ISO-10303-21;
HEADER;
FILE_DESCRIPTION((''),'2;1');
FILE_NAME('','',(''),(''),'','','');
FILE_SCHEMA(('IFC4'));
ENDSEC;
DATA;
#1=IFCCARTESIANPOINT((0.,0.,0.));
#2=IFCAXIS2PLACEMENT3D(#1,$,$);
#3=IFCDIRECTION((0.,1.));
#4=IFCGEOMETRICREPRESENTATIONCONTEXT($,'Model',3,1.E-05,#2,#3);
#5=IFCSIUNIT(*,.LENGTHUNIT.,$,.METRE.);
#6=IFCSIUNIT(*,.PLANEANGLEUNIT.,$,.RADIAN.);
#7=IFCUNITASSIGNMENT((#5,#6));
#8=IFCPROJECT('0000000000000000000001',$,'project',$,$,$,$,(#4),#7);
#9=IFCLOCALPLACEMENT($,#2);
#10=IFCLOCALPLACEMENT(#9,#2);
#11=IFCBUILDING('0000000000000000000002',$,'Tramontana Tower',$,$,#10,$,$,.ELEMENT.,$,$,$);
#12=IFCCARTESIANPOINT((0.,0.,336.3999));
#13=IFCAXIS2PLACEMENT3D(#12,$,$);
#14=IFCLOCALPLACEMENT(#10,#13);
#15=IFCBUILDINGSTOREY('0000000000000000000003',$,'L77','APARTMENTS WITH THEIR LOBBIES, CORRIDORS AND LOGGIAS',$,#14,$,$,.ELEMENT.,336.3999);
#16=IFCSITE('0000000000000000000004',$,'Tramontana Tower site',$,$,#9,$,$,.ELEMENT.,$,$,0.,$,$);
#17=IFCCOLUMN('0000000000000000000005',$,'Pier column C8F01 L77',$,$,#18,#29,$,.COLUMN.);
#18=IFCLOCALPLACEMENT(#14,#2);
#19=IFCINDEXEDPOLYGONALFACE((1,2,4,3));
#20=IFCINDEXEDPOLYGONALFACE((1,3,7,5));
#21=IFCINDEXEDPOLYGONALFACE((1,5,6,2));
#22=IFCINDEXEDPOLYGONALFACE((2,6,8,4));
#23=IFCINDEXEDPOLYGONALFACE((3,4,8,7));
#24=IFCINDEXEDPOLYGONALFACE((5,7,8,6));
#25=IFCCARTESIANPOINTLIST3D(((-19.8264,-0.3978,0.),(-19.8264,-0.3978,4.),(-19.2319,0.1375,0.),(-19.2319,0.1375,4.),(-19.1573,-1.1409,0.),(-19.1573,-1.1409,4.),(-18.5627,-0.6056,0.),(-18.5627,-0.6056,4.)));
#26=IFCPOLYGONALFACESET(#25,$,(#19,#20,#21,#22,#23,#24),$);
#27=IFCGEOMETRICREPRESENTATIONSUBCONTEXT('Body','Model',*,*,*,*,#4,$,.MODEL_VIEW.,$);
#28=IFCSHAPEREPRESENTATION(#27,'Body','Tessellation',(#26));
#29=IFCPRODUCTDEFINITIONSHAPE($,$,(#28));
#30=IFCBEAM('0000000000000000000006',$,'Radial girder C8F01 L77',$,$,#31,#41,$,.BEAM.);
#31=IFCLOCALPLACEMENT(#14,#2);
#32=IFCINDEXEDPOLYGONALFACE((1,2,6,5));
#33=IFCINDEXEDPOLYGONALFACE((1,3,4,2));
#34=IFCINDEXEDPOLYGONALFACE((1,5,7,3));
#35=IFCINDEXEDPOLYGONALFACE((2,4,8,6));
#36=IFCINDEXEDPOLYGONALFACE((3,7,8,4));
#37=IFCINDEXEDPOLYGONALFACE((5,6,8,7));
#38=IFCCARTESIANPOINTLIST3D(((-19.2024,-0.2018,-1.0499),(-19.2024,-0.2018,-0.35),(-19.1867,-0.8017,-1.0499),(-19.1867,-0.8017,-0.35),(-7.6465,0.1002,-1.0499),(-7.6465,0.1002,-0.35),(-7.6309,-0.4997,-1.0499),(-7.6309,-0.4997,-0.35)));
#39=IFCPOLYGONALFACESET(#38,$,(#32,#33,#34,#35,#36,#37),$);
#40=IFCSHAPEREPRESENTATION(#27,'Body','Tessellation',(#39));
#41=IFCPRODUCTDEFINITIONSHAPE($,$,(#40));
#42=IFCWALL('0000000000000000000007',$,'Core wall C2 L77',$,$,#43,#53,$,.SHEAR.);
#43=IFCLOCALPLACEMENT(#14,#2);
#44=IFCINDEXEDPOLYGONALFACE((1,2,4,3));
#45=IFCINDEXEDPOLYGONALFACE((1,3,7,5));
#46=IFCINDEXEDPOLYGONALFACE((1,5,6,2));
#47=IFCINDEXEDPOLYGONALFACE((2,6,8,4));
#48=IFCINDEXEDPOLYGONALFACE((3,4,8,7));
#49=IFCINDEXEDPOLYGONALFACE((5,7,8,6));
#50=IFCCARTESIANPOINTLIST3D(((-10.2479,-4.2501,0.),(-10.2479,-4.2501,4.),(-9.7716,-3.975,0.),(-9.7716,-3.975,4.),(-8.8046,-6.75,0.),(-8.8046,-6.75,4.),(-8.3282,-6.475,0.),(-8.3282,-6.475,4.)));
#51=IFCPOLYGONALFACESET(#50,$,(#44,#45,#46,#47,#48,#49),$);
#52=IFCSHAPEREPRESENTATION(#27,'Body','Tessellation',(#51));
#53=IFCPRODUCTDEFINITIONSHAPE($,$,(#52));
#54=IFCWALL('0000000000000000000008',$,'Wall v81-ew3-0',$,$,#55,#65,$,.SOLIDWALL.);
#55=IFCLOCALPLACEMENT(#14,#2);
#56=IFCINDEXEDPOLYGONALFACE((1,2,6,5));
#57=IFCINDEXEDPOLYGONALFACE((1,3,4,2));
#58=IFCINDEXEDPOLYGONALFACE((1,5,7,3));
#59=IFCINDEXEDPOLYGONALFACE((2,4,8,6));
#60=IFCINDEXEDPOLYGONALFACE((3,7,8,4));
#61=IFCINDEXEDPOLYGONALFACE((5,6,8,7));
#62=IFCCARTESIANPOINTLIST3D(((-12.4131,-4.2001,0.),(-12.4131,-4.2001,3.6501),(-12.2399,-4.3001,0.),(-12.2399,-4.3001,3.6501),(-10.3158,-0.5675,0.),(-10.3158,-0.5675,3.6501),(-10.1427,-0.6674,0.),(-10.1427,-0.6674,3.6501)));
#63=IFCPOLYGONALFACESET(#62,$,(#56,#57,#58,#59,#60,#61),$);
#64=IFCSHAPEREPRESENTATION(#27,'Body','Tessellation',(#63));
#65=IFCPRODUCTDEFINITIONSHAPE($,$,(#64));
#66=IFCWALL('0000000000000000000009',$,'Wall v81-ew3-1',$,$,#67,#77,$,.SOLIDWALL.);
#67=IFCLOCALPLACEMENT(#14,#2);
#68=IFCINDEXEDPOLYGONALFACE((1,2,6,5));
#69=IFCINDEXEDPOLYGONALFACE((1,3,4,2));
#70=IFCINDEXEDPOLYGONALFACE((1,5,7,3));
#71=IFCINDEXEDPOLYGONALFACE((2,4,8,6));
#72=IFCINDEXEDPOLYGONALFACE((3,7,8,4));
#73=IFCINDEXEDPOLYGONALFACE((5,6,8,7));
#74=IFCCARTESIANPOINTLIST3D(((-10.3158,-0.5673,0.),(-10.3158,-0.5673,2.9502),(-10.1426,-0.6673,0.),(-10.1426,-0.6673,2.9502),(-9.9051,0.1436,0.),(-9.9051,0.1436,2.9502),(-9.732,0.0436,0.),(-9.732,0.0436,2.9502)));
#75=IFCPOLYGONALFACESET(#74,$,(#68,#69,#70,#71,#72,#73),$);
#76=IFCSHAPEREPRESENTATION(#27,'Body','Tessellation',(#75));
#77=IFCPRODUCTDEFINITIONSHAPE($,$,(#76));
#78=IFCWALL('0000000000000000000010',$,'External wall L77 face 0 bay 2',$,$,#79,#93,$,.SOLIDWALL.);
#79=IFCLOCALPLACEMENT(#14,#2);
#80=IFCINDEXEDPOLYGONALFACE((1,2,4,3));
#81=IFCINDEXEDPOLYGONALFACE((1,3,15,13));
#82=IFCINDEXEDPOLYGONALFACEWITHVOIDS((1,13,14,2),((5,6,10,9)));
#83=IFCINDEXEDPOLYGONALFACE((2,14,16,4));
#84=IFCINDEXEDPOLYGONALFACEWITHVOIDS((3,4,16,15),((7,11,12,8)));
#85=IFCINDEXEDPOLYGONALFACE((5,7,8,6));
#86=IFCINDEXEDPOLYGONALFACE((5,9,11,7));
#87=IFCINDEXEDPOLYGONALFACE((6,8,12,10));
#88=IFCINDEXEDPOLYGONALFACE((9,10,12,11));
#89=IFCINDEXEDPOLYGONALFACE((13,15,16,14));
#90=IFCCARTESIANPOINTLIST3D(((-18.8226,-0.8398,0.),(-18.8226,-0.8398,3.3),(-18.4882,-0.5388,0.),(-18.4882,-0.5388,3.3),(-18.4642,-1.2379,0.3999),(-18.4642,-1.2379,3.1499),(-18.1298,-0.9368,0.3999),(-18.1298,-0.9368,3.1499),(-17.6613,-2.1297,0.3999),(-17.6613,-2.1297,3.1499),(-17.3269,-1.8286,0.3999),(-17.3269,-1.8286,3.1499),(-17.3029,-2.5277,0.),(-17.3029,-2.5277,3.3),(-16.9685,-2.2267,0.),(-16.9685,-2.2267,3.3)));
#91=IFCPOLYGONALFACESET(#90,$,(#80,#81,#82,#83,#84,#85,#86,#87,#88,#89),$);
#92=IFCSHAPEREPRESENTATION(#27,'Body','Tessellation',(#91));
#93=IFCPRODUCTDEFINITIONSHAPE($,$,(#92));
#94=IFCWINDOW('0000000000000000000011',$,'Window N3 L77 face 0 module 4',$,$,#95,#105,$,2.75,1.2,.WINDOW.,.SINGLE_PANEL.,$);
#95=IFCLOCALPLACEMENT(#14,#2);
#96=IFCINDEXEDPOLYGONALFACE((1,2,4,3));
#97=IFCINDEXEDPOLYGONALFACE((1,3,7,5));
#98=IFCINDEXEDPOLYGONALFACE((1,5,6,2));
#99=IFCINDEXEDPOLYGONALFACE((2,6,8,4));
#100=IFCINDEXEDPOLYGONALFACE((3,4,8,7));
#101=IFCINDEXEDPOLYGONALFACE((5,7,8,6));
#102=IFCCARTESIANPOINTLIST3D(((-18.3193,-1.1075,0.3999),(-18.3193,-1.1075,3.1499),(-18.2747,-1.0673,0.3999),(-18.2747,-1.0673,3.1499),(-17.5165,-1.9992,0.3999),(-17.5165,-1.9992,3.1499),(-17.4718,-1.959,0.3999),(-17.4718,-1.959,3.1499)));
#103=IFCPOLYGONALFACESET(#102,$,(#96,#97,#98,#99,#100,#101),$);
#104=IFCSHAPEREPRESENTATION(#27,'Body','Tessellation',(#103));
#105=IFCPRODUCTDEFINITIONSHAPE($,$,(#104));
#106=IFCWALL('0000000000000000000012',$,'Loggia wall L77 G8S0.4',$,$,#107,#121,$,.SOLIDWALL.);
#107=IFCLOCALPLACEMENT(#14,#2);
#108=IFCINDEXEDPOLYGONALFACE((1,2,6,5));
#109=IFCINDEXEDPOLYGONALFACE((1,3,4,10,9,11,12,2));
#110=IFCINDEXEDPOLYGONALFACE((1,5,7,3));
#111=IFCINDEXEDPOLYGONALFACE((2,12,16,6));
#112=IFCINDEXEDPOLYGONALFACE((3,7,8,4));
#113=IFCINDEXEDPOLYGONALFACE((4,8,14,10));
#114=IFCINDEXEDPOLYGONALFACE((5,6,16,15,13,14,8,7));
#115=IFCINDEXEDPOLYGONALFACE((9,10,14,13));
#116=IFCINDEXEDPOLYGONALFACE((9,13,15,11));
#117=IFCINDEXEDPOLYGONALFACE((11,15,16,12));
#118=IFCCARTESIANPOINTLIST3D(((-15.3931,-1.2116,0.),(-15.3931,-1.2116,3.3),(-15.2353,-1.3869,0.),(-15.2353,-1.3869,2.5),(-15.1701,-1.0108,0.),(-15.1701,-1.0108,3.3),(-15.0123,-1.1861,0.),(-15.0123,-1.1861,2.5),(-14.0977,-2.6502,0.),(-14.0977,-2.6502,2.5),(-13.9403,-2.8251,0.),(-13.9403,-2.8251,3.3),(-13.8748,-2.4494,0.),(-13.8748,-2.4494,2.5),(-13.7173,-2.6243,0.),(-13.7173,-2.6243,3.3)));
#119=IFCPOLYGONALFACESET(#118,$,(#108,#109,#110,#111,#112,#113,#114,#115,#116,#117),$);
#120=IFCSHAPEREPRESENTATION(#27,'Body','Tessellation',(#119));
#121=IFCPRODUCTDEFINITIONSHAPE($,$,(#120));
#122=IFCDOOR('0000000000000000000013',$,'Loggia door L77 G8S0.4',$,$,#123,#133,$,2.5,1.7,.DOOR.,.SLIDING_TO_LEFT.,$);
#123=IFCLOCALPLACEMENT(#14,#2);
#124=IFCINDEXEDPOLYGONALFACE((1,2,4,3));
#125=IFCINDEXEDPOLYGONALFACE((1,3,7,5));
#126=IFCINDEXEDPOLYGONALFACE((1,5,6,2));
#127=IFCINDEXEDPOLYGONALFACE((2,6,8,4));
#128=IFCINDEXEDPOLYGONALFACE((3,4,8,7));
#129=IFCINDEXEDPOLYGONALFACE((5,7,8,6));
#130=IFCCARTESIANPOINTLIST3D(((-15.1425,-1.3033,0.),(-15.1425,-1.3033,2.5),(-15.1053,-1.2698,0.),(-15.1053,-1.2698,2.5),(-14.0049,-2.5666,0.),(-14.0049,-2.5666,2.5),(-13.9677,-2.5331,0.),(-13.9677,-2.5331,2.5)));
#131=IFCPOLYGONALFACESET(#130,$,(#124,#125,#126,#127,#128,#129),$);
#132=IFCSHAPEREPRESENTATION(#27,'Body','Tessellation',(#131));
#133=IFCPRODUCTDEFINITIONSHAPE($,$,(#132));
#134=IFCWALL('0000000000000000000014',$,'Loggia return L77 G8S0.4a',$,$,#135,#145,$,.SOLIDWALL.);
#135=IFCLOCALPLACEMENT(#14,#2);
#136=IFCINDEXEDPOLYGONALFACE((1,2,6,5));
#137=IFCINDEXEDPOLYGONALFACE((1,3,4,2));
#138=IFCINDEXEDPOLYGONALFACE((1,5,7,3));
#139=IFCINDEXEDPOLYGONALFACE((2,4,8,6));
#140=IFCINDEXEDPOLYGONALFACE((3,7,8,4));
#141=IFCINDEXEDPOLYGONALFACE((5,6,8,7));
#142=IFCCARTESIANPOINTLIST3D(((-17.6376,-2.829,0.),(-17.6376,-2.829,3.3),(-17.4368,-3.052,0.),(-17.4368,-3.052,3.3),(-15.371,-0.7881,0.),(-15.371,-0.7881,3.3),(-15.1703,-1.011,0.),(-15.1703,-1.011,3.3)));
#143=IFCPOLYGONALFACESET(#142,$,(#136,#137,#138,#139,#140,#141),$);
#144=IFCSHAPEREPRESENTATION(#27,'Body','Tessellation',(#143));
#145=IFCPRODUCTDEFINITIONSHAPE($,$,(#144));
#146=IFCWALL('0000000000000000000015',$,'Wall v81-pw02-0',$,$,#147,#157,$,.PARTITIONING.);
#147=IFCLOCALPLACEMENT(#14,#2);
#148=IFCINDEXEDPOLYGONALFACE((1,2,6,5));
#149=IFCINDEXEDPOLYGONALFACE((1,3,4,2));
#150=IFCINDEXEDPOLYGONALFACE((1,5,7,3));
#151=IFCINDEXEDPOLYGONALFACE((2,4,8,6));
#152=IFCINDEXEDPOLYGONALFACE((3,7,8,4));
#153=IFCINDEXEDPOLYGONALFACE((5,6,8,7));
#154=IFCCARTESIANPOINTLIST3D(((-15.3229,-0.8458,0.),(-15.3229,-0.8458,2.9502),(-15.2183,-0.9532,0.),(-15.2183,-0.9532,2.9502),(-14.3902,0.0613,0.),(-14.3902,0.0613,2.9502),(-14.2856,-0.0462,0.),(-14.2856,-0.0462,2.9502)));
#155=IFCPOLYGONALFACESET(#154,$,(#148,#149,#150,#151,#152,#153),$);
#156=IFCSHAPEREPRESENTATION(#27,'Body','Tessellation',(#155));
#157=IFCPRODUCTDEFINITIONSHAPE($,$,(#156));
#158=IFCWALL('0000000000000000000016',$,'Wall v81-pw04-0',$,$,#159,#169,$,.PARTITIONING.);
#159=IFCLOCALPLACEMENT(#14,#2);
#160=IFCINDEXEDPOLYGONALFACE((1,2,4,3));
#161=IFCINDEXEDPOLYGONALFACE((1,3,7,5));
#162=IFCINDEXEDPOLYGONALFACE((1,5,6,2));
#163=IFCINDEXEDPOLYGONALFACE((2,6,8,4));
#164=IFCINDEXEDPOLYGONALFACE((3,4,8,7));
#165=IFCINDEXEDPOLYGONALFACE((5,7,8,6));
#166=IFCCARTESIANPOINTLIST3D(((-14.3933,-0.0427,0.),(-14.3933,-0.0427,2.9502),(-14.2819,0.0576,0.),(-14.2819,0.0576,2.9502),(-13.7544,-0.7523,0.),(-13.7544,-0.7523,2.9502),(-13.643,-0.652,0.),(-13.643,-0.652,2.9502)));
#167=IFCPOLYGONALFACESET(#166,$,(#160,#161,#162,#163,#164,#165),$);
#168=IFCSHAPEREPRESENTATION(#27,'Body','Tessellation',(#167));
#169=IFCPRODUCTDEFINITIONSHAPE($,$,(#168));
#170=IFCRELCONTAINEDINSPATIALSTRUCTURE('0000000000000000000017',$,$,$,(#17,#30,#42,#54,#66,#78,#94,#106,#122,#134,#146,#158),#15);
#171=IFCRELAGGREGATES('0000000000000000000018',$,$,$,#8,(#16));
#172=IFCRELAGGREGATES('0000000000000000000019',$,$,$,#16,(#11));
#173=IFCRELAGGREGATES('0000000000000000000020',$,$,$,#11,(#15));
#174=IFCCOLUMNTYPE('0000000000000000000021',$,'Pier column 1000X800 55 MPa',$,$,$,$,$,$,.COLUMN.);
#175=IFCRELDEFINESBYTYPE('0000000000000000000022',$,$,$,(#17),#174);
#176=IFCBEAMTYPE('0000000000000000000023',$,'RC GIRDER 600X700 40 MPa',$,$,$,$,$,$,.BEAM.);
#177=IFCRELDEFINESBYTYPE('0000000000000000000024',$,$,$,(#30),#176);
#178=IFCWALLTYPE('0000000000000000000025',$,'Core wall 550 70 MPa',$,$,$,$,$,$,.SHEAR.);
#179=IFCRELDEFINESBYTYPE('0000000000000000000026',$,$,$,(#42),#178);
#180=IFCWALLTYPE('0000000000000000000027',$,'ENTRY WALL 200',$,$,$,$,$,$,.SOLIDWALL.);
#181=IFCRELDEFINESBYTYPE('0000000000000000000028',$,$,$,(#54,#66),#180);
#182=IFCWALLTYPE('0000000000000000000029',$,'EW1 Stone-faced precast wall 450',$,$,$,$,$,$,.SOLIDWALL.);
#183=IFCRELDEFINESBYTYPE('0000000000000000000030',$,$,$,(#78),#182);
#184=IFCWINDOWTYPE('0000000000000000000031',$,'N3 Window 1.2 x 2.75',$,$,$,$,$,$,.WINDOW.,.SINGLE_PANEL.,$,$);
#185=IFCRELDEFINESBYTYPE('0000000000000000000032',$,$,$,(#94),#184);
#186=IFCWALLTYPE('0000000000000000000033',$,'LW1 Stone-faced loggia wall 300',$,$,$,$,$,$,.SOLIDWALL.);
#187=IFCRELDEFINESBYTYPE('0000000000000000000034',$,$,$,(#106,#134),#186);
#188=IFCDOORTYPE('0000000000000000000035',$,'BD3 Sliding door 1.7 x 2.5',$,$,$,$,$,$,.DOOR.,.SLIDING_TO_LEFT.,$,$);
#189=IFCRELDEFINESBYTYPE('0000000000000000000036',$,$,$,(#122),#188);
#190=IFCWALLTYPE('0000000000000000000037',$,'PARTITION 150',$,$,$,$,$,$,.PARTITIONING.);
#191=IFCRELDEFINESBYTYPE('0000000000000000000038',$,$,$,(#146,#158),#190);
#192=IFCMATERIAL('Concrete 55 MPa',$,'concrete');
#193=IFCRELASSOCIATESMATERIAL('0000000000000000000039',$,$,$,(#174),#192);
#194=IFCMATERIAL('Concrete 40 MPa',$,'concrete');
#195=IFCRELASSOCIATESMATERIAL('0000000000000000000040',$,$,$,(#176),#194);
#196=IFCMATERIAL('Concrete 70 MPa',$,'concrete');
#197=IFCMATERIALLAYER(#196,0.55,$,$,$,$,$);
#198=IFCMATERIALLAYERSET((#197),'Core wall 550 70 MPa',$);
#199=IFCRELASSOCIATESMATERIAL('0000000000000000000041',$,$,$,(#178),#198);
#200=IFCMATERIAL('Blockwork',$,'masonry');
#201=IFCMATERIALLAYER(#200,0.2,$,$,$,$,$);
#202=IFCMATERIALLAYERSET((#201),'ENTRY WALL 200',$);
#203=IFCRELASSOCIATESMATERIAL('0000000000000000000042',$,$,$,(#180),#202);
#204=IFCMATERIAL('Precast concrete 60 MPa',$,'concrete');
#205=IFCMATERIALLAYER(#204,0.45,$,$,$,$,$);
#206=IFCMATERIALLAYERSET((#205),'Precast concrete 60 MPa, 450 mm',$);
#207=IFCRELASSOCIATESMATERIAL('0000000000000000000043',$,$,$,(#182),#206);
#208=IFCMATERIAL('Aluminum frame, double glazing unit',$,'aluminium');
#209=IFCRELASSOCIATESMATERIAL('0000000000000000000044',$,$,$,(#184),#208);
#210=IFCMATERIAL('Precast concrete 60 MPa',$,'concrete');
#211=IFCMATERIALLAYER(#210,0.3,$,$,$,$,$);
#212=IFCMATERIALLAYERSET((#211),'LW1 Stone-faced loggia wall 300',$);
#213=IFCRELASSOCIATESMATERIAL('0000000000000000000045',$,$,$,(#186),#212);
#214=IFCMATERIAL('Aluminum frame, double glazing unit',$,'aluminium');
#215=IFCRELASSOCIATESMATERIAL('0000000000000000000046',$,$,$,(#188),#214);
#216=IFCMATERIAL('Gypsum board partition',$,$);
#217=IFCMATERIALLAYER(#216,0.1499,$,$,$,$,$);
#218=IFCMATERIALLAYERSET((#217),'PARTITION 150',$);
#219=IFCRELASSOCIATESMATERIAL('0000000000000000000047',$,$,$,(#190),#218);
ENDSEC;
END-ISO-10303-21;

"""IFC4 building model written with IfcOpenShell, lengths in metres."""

from ifc_helpers import new_model, si_unit, direction, frame, frame_2d, origin, origin_2d, place, context, subcontext, project, spatial, rectangle, extrude, material, layer, layer_set, material_profile, profile_set, type_object, element, fill, save


model = new_model("IFC4")

# Units and contexts
model_context = context("Model", 3, precision=1e-05, world=origin(), true_north=direction((0.0, 1.0)))
body_context = subcontext(model_context, "Body", "Model", "MODEL_VIEW")
ifc_project = project(units=[si_unit("LENGTHUNIT", "METRE"), si_unit("PLANEANGLEUNIT", "RADIAN")], contexts=[model_context])

# Site, building, storey
site_placement = place(None, origin())
site = spatial("IfcSite", under=ifc_project, at=site_placement, Name="Tramontana Tower site", CompositionType="ELEMENT", RefElevation=0.0)
building_placement = place(site_placement, origin())
building = spatial("IfcBuilding", under=site, at=building_placement, Name="Tramontana Tower", CompositionType="ELEMENT")
storey_placement = place(building_placement, frame((0.0, 0.0, 336.3999)))
storey = spatial("IfcBuildingStorey", under=building, at=storey_placement, Name="L77", Description="APARTMENTS WITH THEIR LOBBIES, CORRIDORS AND LOGGIAS", CompositionType="ELEMENT", Elevation=336.3999)

# Column
ifc_material_1 = material(Name="Concrete 55 MPa", Category="concrete")
ifc_material_profile_1 = material_profile(ifc_material_1, rectangle(XDim=1.0, YDim=0.8, at=origin_2d()), Name="Pier column 1000X800 55 MPa")
ifc_profile_set_1 = profile_set([ifc_material_profile_1], Name="Concrete 55 MPa")
column_type = type_object("IfcColumnType", Name="Pier column 1000X800 55 MPa", PredefinedType="COLUMN", material=ifc_profile_set_1)
column_placement = place(storey_placement, frame((-19.1946, -0.5017, 0.0), z_axis=(0.0, 0.0, 1.0), x_axis=(0.669131, -0.743145, 0.0)))
element("IfcColumn", 1, at=column_placement, inside=storey, type_object=column_type, Name="Pier column C8F01 L77", PredefinedType="COLUMN", context=body_context, shape_type="SweptSolid", body=[
    extrude(rectangle(XDim=1.0, YDim=0.8, at=origin_2d()), origin(), (0.0, 0.0, 1.0), 4.0),
])

# Beam
ifc_material_2 = material(Name="Concrete 40 MPa", Category="concrete")
ifc_material_profile_2 = material_profile(ifc_material_2, rectangle(XDim=0.6001, YDim=0.7, at=origin_2d()), Name="RC GIRDER 600X700 40 MPa")
ifc_profile_set_2 = profile_set([ifc_material_profile_2], Name="Concrete 40 MPa")
beam_type = type_object("IfcBeamType", Name="RC GIRDER 600X700 40 MPa", PredefinedType="BEAM", material=ifc_profile_set_2)
beam_placement = place(storey_placement, frame((-19.1946, -0.5017, -0.7), z_axis=(0.999659, 0.026125, 0.0), x_axis=(-0.026125, 0.999659, 0.0)))
element("IfcBeam", 2, at=beam_placement, inside=storey, type_object=beam_type, Name="Radial girder C8F01 L77", PredefinedType="BEAM", context=body_context, shape_type="SweptSolid", body=[
    extrude(rectangle(XDim=0.6001, YDim=0.7, at=origin_2d()), origin(), (0.0, 0.0, 1.0), 11.5598),
])

# Walls
ifc_material_3 = material(Name="Concrete 70 MPa", Category="concrete")
ifc_layer_1 = layer(ifc_material_3, 0.55)
ifc_layer_set_1 = layer_set([ifc_layer_1], Name="Core wall 550 70 MPa")
wall_type_1 = type_object("IfcWallType", Name="Core wall 550 70 MPa", PredefinedType="SHEAR", material=ifc_layer_set_1)
wall_1_placement = place(storey_placement, frame((-10.0098, -4.1125, 0.0), z_axis=(0.0, 0.0, 1.0), x_axis=(0.499996, -0.866028, 0.0)))
element("IfcWall", 3, at=wall_1_placement, inside=storey, type_object=wall_type_1, Name="Core wall C2 L77", PredefinedType="SHEAR", context=body_context, shape_type="SweptSolid", body=[
    extrude(rectangle(XDim=2.8867, YDim=0.55, at=frame_2d((1.4434, 0.0))), origin(), (0.0, 0.0, 1.0), 4.0),
])
ifc_material_4 = material(Name="Blockwork", Category="masonry")
ifc_layer_2 = layer(ifc_material_4, 0.2)
ifc_layer_set_2 = layer_set([ifc_layer_2], Name="ENTRY WALL 200")
wall_type_2 = type_object("IfcWallType", Name="ENTRY WALL 200", PredefinedType="SOLIDWALL", material=ifc_layer_set_2)
wall_2_placement = place(storey_placement, frame((-12.3264, -4.25, 0.0), z_axis=(0.0, 0.0, 1.0), x_axis=(0.499983, 0.866035, 0.0)))
element("IfcWall", 4, at=wall_2_placement, inside=storey, type_object=wall_type_2, Name="Wall v81-ew3-0", PredefinedType="SOLIDWALL", context=body_context, shape_type="SweptSolid", body=[
    extrude(rectangle(XDim=4.1946, YDim=0.2, at=frame_2d((2.0972, 0.0))), origin(), (0.0, 0.0, 1.0), 3.6501),
])
wall_3_placement = place(storey_placement, frame((-10.2292, -0.6174, 0.0), z_axis=(0.0, 0.0, 1.0), x_axis=(0.500169, 0.865928, 0.0)))
element("IfcWall", 5, at=wall_3_placement, inside=storey, type_object=wall_type_2, Name="Wall v81-ew3-1", PredefinedType="SOLIDWALL", context=body_context, shape_type="SweptSolid", body=[
    extrude(rectangle(XDim=0.821, YDim=0.2, at=frame_2d((0.4106, 0.0))), origin(), (0.0, 0.0, 1.0), 2.9502),
])

# Wall, opening, window
ifc_material_5 = material(Name="Precast concrete 60 MPa", Category="concrete")
ifc_layer_3 = layer(ifc_material_5, 0.45)
ifc_layer_set_3 = layer_set([ifc_layer_3], Name="Precast concrete 60 MPa, 450 mm")
wall_type_3 = type_object("IfcWallType", Name="EW1 Stone-faced precast wall 450", PredefinedType="SOLIDWALL", material=ifc_layer_set_3)
wall_4_placement = place(storey_placement, frame((-18.6555, -0.6892, 0.0), z_axis=(0.0, 0.0, 1.0), x_axis=(0.669107, -0.743166, 0.0)))
wall_4 = element("IfcWall", 6, at=wall_4_placement, inside=storey, type_object=wall_type_3, Name="External wall L77 face 0 bay 2", PredefinedType="SOLIDWALL", context=body_context, shape_type="SweptSolid", body=[
    extrude(rectangle(XDim=2.2712, YDim=0.45, at=frame_2d((1.1357, 0.0))), origin(), (0.0, 0.0, 1.0), 3.3),
])
opening_1_placement = place(wall_4_placement, frame((0.5356, 0.0, 0.3999)))
opening_1 = element("IfcOpeningElement", 7, at=opening_1_placement, cuts=wall_4, PredefinedType="OPENING", context=body_context, shape_type="SweptSolid", body=[
    extrude(rectangle(XDim=1.2, YDim=2.75, at=frame_2d((0.6001, 1.375))), frame((0.0, 0.2349, 0.0), z_axis=(0.0, -1.0, 0.0), x_axis=(1.0, 0.0, 0.0)), (0.0, 0.0, 1.0), 0.47),
])
ifc_material_6 = material(Name="Aluminum frame, double glazing unit", Category="aluminium")
window_type = type_object("IfcWindowType", Name="N3 Window 1.2 x 2.75", PartitioningType="SINGLE_PANEL", PredefinedType="WINDOW", material=ifc_material_6)
window_placement = place(opening_1_placement, origin())
window = element("IfcWindow", 8, at=window_placement, inside=storey, type_object=window_type, Name="Window N3 L77 face 0 module 4", OverallHeight=2.75, OverallWidth=1.2, PartitioningType="SINGLE_PANEL", PredefinedType="WINDOW", context=body_context, shape_type="SweptSolid", body=[
    extrude(rectangle(XDim=1.2, YDim=2.75, at=frame_2d((0.6001, 1.375))), frame((0.0, 0.03, 0.0), z_axis=(0.0, -1.0, 0.0), x_axis=(1.0, 0.0, 0.0)), (0.0, 0.0, 1.0), 0.0601),
])
fill(opening_1, window)

# Wall, opening, door
ifc_material_7 = material(Name="Precast concrete 60 MPa", Category="concrete")
ifc_layer_4 = layer(ifc_material_7, 0.3)
ifc_layer_set_4 = layer_set([ifc_layer_4], Name="LW1 Stone-faced loggia wall 300")
wall_type_4 = type_object("IfcWallType", Name="LW1 Stone-faced loggia wall 300", PredefinedType="SOLIDWALL", material=ifc_layer_set_4)
wall_5_placement = place(storey_placement, frame((-15.2815, -1.1113, 0.0), z_axis=(0.0, 0.0, 1.0), x_axis=(0.669145, -0.743132, 0.0)))
wall_5 = element("IfcWall", 9, at=wall_5_placement, inside=storey, type_object=wall_type_4, Name="Loggia wall L77 G8S0.4", PredefinedType="SOLIDWALL", context=body_context, shape_type="SweptSolid", body=[
    extrude(rectangle(XDim=2.1711, YDim=0.3, at=frame_2d((1.0854, 0.0))), origin(), (0.0, 0.0, 1.0), 3.3),
])
opening_2_placement = place(wall_5_placement, frame((0.2356, 0.0, 0.0)))
opening_2 = element("IfcOpeningElement", 10, at=opening_2_placement, cuts=wall_5, PredefinedType="OPENING", context=body_context, shape_type="SweptSolid", body=[
    extrude(rectangle(XDim=1.7, YDim=2.5, at=frame_2d((0.8501, 1.25))), frame((0.0, 0.1599, 0.0), z_axis=(0.0, -1.0, 0.0), x_axis=(1.0, 0.0, 0.0)), (0.0, 0.0, 1.0), 0.3201),
])
ifc_material_8 = material(Name="Aluminum frame, double glazing unit", Category="aluminium")
door_type_1 = type_object("IfcDoorType", Name="BD3 Sliding door 1.7 x 2.5", OperationType="SLIDING_TO_LEFT", PredefinedType="DOOR", material=ifc_material_8)
door_1_placement = place(opening_2_placement, origin())
door_1 = element("IfcDoor", 11, at=door_1_placement, inside=storey, type_object=door_type_1, Name="Loggia door L77 G8S0.4", OperationType="SLIDING_TO_LEFT", OverallHeight=2.5, OverallWidth=1.7, PredefinedType="DOOR", context=body_context, shape_type="SweptSolid", body=[
    extrude(rectangle(XDim=1.7, YDim=2.5, at=frame_2d((0.8501, 1.25))), frame((0.0, 0.0249, 0.0), z_axis=(0.0, -1.0, 0.0), x_axis=(1.0, 0.0, 0.0)), (0.0, 0.0, 1.0), 0.05),
])
fill(opening_2, door_1)

# Walls
wall_6_placement = place(storey_placement, frame((-17.5371, -2.9404, 0.0), z_axis=(0.0, 0.0, 1.0), x_axis=(0.743119, 0.669159, 0.0)))
element("IfcWall", 12, at=wall_6_placement, inside=storey, type_object=wall_type_4, Name="Loggia return L77 G8S0.4a", PredefinedType="SOLIDWALL", context=body_context, shape_type="SweptSolid", body=[
    extrude(rectangle(XDim=3.05, YDim=0.3, at=frame_2d((1.5249, 0.0))), origin(), (0.0, 0.0, 1.0), 3.3),
])
ifc_material_9 = material(Name="Gypsum board partition")
ifc_layer_5 = layer(ifc_material_9, 0.1499)
ifc_layer_set_5 = layer_set([ifc_layer_5], Name="PARTITION 150")
wall_type_5 = type_object("IfcWallType", Name="PARTITION 150", PredefinedType="PARTITIONING", material=ifc_layer_set_5)
wall_7_placement = place(storey_placement, frame((-15.2705, -0.8994, 0.0), z_axis=(0.0, 0.0, 1.0), x_axis=(0.716891, 0.697186, 0.0)))
element("IfcWall", 13, at=wall_7_placement, inside=storey, type_object=wall_type_5, Name="Wall v81-pw02-0", PredefinedType="PARTITIONING", context=body_context, shape_type="SweptSolid", body=[
    extrude(rectangle(XDim=1.301, YDim=0.1499, at=frame_2d((0.6504, 0.0))), origin(), (0.0, 0.0, 1.0), 2.9502),
])
wall_8_placement = place(storey_placement, frame((-14.3376, 0.0076, 0.0), z_axis=(0.0, 0.0, 1.0), x_axis=(0.669064, -0.743205, 0.0)))
element("IfcWall", 14, at=wall_8_placement, inside=storey, type_object=wall_type_5, Name="Wall v81-pw04-0", PredefinedType="PARTITIONING", context=body_context, shape_type="SweptSolid", body=[
    extrude(rectangle(XDim=0.9548, YDim=0.1499, at=frame_2d((0.4775, 0.0))), origin(), (0.0, 0.0, 1.0), 2.9502),
])

save(model, "model.ifc")
